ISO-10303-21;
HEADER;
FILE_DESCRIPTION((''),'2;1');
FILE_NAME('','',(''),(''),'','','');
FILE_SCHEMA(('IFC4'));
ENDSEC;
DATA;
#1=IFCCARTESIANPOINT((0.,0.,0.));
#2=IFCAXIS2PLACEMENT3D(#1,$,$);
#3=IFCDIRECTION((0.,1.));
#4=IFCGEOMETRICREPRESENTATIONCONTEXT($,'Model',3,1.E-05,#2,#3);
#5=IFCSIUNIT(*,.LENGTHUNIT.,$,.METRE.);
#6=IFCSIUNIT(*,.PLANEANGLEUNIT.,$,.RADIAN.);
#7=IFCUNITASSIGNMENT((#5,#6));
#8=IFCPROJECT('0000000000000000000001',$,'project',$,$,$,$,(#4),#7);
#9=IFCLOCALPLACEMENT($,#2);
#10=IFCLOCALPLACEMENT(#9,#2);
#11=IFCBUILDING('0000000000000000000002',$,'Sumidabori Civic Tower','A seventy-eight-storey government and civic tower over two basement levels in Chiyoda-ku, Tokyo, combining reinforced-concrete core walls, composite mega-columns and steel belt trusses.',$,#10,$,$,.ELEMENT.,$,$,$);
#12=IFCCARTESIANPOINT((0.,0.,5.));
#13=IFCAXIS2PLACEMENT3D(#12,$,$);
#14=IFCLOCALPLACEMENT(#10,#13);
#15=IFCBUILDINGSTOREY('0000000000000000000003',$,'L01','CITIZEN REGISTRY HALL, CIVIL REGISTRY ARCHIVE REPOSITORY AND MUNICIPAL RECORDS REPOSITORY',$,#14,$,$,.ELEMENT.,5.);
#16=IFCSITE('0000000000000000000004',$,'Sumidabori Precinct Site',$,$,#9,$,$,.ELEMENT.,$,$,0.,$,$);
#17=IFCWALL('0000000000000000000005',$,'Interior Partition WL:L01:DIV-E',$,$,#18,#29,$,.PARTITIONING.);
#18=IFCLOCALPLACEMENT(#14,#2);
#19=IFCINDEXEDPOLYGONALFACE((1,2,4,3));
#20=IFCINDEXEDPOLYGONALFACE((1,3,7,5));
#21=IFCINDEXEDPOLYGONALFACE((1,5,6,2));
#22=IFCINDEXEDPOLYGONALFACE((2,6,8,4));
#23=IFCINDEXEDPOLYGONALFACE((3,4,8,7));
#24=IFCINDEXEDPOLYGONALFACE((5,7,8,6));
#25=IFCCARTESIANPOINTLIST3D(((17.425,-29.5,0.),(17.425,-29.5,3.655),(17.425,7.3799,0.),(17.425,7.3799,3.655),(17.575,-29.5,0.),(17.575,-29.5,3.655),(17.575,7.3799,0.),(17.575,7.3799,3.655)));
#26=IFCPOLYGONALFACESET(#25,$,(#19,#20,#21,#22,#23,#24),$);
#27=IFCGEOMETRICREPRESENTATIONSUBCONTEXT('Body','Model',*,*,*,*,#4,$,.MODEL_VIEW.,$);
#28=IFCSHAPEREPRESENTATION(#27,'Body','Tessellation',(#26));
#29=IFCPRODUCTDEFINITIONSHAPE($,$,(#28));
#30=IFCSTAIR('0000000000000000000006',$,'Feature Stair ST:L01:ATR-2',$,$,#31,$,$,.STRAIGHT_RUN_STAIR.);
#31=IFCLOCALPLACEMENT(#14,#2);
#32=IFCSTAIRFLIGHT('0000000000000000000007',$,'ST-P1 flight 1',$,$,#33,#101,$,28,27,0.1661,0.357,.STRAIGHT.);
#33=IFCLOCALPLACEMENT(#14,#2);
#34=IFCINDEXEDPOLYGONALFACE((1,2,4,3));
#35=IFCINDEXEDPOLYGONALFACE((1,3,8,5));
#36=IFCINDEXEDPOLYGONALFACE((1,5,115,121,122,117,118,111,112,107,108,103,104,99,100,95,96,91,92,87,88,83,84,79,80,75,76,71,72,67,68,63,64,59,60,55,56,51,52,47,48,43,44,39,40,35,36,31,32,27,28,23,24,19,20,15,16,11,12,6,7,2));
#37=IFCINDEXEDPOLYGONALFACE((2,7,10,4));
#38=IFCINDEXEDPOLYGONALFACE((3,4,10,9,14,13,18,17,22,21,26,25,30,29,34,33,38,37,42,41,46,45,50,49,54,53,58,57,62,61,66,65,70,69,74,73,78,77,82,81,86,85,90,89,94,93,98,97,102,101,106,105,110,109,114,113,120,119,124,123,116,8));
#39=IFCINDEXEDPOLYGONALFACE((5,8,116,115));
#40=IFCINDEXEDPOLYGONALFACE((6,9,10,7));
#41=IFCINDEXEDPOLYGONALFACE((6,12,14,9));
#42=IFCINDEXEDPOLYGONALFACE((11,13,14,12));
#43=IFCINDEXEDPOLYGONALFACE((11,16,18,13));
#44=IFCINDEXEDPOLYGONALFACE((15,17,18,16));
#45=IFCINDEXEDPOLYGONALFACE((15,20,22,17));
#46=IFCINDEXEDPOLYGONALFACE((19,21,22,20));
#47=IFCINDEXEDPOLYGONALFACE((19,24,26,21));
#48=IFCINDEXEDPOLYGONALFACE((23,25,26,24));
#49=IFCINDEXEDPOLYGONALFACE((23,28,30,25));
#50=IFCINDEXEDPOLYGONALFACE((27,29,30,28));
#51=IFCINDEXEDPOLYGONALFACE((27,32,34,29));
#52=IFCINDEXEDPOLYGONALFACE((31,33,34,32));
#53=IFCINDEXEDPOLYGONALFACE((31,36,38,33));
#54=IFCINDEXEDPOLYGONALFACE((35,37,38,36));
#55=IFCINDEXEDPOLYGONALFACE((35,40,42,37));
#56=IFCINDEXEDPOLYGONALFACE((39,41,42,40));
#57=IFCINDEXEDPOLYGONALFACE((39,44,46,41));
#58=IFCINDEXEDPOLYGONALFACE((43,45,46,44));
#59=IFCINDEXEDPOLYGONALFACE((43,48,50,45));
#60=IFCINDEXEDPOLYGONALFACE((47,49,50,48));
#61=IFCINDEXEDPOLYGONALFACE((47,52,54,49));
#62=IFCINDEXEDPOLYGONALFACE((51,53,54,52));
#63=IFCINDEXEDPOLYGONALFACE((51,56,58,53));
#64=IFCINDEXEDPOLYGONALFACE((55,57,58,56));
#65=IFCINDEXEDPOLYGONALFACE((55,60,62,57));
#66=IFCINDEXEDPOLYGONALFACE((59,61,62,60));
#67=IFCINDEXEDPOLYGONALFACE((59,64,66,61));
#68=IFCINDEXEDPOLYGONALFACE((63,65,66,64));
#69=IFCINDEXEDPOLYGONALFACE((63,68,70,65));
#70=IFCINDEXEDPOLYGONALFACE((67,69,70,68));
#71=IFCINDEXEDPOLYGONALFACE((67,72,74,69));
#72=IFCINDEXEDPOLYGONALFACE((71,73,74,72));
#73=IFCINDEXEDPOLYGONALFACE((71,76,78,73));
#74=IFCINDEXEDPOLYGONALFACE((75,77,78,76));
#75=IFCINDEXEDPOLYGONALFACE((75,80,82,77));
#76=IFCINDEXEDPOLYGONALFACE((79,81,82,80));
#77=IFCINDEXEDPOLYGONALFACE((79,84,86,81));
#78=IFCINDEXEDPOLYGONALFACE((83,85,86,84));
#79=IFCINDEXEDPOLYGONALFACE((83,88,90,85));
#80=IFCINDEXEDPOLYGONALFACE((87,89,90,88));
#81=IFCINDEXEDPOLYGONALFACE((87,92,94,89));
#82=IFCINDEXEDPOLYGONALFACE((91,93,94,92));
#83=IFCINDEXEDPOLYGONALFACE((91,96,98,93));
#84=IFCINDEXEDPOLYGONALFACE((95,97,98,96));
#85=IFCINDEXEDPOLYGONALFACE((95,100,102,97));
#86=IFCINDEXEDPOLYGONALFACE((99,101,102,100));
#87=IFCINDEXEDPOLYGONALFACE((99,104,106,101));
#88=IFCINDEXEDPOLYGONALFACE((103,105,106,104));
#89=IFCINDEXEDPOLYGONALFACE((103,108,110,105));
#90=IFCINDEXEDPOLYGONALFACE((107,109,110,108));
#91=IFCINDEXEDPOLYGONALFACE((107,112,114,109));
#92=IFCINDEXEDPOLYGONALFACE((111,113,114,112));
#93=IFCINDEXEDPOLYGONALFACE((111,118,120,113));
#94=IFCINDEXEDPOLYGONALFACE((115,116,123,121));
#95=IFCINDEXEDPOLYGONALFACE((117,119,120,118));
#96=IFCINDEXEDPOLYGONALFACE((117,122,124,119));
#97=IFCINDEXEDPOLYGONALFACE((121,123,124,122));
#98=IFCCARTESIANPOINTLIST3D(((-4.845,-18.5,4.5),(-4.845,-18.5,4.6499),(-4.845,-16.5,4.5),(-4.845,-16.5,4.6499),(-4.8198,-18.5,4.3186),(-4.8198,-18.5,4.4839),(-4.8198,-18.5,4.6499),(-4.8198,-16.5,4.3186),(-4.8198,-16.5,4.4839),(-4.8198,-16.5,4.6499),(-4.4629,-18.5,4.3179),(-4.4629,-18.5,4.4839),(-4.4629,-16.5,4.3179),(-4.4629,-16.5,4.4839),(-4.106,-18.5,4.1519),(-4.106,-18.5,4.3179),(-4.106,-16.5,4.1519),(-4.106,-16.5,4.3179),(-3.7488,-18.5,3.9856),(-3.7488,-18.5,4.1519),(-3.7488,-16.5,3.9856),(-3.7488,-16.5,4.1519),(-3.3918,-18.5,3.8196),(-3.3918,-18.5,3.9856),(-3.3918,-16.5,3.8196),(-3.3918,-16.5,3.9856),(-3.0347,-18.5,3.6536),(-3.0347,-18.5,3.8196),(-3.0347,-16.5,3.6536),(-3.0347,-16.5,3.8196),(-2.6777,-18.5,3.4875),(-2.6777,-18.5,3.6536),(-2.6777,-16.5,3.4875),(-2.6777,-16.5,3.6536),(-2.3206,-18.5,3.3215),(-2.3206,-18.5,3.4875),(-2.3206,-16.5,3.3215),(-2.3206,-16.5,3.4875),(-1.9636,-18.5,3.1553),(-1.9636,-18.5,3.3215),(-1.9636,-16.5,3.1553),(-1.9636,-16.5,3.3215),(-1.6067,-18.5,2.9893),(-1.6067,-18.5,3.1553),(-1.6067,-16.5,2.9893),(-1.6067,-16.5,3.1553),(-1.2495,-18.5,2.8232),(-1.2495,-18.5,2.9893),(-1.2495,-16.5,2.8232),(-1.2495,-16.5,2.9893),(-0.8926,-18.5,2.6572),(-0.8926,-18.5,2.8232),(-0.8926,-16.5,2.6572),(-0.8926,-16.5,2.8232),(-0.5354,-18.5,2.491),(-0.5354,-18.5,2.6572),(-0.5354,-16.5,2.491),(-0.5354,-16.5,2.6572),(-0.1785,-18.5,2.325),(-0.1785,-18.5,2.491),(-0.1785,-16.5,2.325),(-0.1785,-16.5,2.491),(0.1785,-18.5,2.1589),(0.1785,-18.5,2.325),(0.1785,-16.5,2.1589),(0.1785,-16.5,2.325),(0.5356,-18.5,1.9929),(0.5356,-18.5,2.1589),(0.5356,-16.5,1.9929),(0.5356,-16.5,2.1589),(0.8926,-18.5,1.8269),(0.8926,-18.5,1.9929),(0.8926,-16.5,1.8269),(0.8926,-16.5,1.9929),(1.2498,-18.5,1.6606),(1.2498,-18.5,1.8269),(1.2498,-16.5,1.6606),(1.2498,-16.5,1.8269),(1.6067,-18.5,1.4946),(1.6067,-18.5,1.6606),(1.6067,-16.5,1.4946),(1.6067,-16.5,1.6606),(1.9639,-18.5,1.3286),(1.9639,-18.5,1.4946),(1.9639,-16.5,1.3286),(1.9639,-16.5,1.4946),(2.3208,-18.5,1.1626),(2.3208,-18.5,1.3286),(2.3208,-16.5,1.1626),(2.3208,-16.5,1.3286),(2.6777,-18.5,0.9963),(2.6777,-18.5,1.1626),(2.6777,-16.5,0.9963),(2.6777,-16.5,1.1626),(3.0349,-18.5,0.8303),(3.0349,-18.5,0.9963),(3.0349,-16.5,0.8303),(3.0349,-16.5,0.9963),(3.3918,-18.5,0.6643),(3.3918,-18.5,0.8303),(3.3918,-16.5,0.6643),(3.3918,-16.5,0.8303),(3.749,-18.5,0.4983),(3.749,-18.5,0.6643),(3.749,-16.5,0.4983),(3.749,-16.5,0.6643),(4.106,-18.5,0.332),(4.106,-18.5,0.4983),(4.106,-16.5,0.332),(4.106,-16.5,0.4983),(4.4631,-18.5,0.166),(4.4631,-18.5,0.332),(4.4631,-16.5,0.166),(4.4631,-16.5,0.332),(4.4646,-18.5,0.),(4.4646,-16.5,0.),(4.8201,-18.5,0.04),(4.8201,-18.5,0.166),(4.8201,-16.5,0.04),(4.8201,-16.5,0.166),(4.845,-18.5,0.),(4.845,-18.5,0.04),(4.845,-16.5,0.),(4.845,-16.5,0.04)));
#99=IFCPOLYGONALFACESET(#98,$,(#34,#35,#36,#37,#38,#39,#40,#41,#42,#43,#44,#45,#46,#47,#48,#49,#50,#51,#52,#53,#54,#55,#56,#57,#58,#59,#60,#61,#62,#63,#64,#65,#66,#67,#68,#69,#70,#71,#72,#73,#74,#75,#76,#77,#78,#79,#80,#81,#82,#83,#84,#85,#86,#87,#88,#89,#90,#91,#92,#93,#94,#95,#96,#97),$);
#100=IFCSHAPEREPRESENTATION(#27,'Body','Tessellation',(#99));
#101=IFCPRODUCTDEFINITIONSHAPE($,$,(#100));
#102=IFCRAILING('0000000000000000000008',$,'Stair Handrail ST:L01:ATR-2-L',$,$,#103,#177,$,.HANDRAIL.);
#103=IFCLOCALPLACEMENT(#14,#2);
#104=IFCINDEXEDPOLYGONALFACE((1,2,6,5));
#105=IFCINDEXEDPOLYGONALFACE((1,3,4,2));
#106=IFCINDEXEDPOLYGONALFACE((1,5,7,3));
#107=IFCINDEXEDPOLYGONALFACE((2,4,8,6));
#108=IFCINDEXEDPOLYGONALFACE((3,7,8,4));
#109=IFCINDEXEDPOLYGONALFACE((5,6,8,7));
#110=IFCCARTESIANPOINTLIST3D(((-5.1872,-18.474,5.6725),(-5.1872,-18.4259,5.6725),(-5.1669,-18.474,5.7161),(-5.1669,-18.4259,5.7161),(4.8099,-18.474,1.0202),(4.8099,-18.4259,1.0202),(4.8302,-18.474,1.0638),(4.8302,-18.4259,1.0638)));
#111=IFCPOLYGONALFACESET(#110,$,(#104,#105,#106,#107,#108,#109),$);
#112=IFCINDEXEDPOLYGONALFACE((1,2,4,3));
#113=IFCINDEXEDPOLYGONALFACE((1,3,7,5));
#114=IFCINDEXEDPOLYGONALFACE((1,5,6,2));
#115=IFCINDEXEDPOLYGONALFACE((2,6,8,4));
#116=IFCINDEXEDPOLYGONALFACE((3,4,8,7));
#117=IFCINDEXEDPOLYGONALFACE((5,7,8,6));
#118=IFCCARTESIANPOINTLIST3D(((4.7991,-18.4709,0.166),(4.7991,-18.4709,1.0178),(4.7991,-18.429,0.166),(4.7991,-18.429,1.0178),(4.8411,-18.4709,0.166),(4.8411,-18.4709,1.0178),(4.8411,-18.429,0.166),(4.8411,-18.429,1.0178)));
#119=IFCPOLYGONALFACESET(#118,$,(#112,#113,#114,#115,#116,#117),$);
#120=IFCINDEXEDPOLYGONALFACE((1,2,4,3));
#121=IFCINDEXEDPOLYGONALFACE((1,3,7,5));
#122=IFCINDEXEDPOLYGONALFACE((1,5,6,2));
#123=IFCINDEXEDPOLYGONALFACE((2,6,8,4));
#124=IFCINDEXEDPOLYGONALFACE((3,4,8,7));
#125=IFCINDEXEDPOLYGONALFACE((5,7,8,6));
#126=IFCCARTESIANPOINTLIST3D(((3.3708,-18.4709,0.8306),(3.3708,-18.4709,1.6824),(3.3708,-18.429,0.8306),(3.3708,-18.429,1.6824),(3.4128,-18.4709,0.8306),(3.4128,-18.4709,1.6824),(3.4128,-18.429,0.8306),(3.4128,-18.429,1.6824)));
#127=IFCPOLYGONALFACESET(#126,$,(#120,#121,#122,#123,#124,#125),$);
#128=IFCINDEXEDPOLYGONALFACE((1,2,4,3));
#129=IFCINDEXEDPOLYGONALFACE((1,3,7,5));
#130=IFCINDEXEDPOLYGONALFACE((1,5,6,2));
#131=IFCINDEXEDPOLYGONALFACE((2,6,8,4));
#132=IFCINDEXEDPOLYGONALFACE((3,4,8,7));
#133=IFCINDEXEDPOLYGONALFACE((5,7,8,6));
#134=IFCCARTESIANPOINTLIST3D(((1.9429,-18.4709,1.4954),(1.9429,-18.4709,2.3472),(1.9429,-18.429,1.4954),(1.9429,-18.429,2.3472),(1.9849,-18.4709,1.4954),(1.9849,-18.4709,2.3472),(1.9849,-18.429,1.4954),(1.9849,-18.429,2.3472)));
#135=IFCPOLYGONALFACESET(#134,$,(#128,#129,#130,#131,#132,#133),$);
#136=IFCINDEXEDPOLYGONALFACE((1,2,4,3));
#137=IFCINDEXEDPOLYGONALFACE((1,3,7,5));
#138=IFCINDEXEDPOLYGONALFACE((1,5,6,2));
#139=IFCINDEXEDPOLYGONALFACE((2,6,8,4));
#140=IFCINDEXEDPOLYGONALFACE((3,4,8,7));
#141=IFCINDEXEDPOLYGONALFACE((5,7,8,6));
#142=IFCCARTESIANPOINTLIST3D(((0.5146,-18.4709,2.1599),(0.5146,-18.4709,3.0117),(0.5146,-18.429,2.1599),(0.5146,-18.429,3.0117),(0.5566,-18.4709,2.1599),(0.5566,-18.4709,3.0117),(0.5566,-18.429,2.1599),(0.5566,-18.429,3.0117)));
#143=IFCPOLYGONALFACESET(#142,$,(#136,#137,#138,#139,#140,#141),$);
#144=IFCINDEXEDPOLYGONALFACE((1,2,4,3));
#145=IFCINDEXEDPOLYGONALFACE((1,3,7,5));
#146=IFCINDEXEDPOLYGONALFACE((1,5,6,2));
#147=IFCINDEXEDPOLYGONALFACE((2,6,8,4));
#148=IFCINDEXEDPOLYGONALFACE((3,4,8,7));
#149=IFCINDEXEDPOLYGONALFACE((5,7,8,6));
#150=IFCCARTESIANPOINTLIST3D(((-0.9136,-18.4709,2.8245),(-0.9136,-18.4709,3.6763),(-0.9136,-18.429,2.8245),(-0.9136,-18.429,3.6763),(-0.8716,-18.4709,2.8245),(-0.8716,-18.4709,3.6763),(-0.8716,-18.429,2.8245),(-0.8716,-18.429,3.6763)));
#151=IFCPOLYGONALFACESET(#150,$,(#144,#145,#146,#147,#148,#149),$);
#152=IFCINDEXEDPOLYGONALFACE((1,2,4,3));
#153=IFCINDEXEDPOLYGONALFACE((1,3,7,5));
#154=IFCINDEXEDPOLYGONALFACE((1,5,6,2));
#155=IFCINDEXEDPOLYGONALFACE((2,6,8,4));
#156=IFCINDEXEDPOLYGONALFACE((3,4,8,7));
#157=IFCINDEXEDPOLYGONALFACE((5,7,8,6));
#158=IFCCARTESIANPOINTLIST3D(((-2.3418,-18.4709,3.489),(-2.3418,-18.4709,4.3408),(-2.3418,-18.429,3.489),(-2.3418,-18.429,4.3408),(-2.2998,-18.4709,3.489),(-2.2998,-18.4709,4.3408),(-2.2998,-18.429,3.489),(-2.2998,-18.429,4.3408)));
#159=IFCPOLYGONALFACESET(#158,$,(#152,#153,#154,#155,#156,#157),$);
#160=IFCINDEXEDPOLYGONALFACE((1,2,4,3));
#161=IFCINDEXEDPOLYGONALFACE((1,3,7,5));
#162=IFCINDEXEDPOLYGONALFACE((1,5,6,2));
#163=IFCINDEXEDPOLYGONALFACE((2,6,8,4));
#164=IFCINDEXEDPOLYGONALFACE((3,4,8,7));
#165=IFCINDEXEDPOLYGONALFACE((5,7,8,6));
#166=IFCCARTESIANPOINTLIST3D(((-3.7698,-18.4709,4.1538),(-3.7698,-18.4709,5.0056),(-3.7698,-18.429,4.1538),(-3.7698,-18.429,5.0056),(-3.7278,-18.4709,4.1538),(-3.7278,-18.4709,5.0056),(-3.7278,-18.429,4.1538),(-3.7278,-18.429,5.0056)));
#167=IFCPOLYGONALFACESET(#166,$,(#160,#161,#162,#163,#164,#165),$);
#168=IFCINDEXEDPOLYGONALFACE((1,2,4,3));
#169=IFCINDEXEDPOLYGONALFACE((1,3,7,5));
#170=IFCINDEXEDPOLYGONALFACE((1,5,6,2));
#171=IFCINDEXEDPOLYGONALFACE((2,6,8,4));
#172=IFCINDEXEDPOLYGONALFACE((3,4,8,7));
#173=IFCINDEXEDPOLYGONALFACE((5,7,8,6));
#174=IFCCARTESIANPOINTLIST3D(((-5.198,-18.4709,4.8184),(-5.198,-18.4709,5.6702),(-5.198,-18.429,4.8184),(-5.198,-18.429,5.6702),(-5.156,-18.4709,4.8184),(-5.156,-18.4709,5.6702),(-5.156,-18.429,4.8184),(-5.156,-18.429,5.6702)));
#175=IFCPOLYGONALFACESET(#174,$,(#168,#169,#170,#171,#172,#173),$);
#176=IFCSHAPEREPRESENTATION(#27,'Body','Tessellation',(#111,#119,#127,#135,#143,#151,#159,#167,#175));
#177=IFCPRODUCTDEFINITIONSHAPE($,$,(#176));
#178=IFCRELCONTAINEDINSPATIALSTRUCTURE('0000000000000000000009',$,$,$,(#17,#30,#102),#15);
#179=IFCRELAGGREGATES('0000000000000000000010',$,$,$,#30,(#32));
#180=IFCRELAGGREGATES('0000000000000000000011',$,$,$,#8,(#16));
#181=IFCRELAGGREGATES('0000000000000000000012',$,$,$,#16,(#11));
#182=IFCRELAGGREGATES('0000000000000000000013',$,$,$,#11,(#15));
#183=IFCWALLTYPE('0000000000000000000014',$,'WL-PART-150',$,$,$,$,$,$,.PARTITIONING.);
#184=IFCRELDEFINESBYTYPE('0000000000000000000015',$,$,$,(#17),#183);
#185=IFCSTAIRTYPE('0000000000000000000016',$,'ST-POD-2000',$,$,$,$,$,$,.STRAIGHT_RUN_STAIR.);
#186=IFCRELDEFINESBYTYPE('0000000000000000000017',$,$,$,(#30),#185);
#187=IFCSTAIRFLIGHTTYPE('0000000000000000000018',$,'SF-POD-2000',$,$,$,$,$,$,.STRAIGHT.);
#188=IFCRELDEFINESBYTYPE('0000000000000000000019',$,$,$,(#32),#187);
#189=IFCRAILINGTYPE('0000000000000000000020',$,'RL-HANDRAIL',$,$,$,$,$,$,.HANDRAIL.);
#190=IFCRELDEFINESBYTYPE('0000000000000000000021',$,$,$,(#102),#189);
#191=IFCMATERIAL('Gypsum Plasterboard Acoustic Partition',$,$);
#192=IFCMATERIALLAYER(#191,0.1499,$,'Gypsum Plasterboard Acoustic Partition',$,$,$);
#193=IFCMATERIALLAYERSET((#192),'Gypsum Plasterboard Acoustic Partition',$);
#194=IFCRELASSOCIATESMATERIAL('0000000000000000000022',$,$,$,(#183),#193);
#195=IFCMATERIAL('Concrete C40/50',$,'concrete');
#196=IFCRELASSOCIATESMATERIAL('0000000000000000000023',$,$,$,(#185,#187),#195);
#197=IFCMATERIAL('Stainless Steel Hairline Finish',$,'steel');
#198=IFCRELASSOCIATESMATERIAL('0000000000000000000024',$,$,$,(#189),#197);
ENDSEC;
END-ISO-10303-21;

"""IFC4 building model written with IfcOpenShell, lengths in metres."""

from ifc_helpers import new_model, si_unit, direction, frame, frame_2d, origin, origin_2d, place, context, subcontext, project, spatial, polyline, rectangle, outline, extrude, source, transform, mapped, material, layer, layer_set, type_object, element, aggregate, save


model = new_model("IFC4")

# Units and contexts
model_context = context("Model", 3, precision=1e-05, world=origin(), true_north=direction((0.0, 1.0)))
body_context = subcontext(model_context, "Body", "Model", "MODEL_VIEW")
ifc_project = project(units=[si_unit("LENGTHUNIT", "METRE"), si_unit("PLANEANGLEUNIT", "RADIAN")], contexts=[model_context])

# Site, building, storey
site_placement = place(None, origin())
site = spatial("IfcSite", under=ifc_project, at=site_placement, Name="Sumidabori Precinct Site", CompositionType="ELEMENT", RefElevation=0.0)
building_placement = place(site_placement, origin())
building = spatial("IfcBuilding", under=site, at=building_placement, Name="Sumidabori Civic Tower", Description="A seventy-eight-storey government and civic tower over two basement levels in Chiyoda-ku, Tokyo, combining reinforced-concrete core walls, composite mega-columns and steel belt trusses.", CompositionType="ELEMENT")
storey_placement = place(building_placement, frame((0.0, 0.0, 5.0)))
storey = spatial("IfcBuildingStorey", under=building, at=storey_placement, Name="L01", Description="CITIZEN REGISTRY HALL, CIVIL REGISTRY ARCHIVE REPOSITORY AND MUNICIPAL RECORDS REPOSITORY", CompositionType="ELEMENT", Elevation=5.0)

# Shared definitions
ifc_material_1 = material(Name="Concrete C40/50", Category="concrete")

# Wall
ifc_material_2 = material(Name="Gypsum Plasterboard Acoustic Partition")
ifc_layer_1 = layer(ifc_material_2, 0.1499, Name="Gypsum Plasterboard Acoustic Partition")
ifc_layer_set_1 = layer_set([ifc_layer_1], Name="Gypsum Plasterboard Acoustic Partition")
wall_type_1 = type_object("IfcWallType", Name="WL-PART-150", PredefinedType="PARTITIONING", material=ifc_layer_set_1)
shared_shape_1 = source(origin(), body_context, "Body", "SweptSolid", [
    extrude(rectangle(XDim=36.8799, YDim=0.1499, at=frame_2d((18.4399, 0.0))), origin(), (0.0, 0.0, 1.0), 3.655),
])
wall_1_placement = place(storey_placement, frame((17.5, -29.5, 0.0), z_axis=(0.0, 0.0, 1.0), x_axis=(0.0, 1.0, 0.0)))
element("IfcWall", 1, at=wall_1_placement, inside=storey, type_object=wall_type_1, Name="Interior Partition WL:L01:DIV-E", PredefinedType="PARTITIONING", context=body_context, shape_type="MappedRepresentation", body=[
    mapped(shared_shape_1, transform((0.0, 0.0, 0.0), x_axis=(1.0, 0.0, 0.0), y_axis=(0.0, 1.0, 0.0), z_axis=(0.0, 0.0, 1.0), scale=1.0)),
])

# Stair, stair flight
stair_type_1 = type_object("IfcStairType", Name="ST-POD-2000", PredefinedType="STRAIGHT_RUN_STAIR", material=ifc_material_1)
stair_1_placement = place(storey_placement, origin())
stair_1 = element("IfcStair", 2, at=stair_1_placement, inside=storey, type_object=stair_type_1, Name="Feature Stair ST:L01:ATR-2", PredefinedType="STRAIGHT_RUN_STAIR")
stair_flight_type = type_object("IfcStairFlightType", Name="SF-POD-2000", PredefinedType="STRAIGHT", material=ifc_material_1)
shared_shape_2 = source(origin(), body_context, "Body", "SweptSolid", [
    extrude(outline(polyline([(-0.0249, 0.0), (-0.0249, 0.04), (0.0, 0.04), (0.0, 0.166), (0.3569, 0.166), (0.3569, 0.332), (0.7141, 0.332), (0.7141, 0.4983), (1.071, 0.4983), (1.071, 0.6643), (1.4282, 0.6643), (1.4282, 0.8303), (1.7852, 0.8303), (1.7852, 0.9963), (2.1423, 0.9963), (2.1423, 1.1626), (2.4993, 1.1626), (2.4993, 1.3286), (2.8562, 1.3286), (2.8562, 1.4946), (3.2134, 1.4946), (3.2134, 1.6606), (3.5703, 1.6606), (3.5703, 1.8269), (3.9275, 1.8269), (3.9275, 1.9929), (4.2844, 1.9929), (4.2844, 2.1589), (4.6416, 2.1589), (4.6416, 2.325), (4.9985, 2.325), (4.9985, 2.491), (5.3555, 2.491), (5.3555, 2.6572), (5.7126, 2.6572), (5.7126, 2.8232), (6.0696, 2.8232), (6.0696, 2.9893), (6.4268, 2.9893), (6.4268, 3.1553), (6.7837, 3.1553), (6.7837, 3.3215), (7.1406, 3.3215), (7.1406, 3.4875), (7.4978, 3.4875), (7.4978, 3.6536), (7.8547, 3.6536), (7.8547, 3.8196), (8.2119, 3.8196), (8.2119, 3.9856), (8.5688, 3.9856), (8.5688, 4.1519), (8.926, 4.1519), (8.926, 4.3179), (9.283, 4.3179), (9.283, 4.4839), (9.6399, 4.4839), (9.6399, 4.6499), (9.665, 4.6499), (9.665, 4.5), (9.6399, 4.3186), (0.3555, 0.0), (-0.0249, 0.0)])), frame((0.0, 1.0, 0.0), z_axis=(0.0, -1.0, 0.0), x_axis=(1.0, 0.0, 0.0)), (0.0, 0.0, 1.0), 2.0),
])
stair_flight_placement = place(storey_placement, frame((4.8201, -17.5, 0.0), z_axis=(0.0, 0.0, 1.0), x_axis=(-1.0, 0.0, 0.0)))
stair_flight = element("IfcStairFlight", 3, at=stair_flight_placement, type_object=stair_flight_type, Name="ST-P1 flight 1", NumberOfRisers=28, NumberOfTreads=27, PredefinedType="STRAIGHT", RiserHeight=0.1661, TreadLength=0.357, context=body_context, shape_type="MappedRepresentation", body=[
    mapped(shared_shape_2, transform((0.0, 0.0, 0.0), x_axis=(1.0, 0.0, 0.0), y_axis=(0.0, 1.0, 0.0), z_axis=(0.0, 0.0, 1.0), scale=1.0)),
])
aggregate(stair_1, [stair_flight])

# Railing
ifc_material_3 = material(Name="Stainless Steel Hairline Finish", Category="steel")
railing_type_1 = type_object("IfcRailingType", Name="RL-HANDRAIL", PredefinedType="HANDRAIL", material=ifc_material_3)
for number, where, name in (
    (4, (4.8201, -18.45, 0.166), "Stair Handrail ST:L01:ATR-2-L"),
):
    element("IfcRailing", number, at=place(storey_placement, frame(where)), inside=storey, type_object=railing_type_1, Name=name, PredefinedType="HANDRAIL", context=body_context, shape_type="SweptSolid", body=[
        extrude(rectangle(XDim=0.0481, YDim=0.0481, at=origin_2d()), frame((0.0, 0.0, 0.876), z_axis=(-0.906633, 0.0, 0.42192), x_axis=(0.0, -1.0, 0.0)), (0.0, 0.0, 1.0), 11.0266),
        extrude(rectangle(XDim=0.042, YDim=0.042, at=origin_2d()), origin(), (0.0, 0.0, 1.0), 0.8518),
        extrude(rectangle(XDim=0.042, YDim=0.042, at=origin_2d()), frame((-1.4282, 0.0, 0.6646)), (0.0, 0.0, 1.0), 0.8518),
        extrude(rectangle(XDim=0.042, YDim=0.042, at=origin_2d()), frame((-2.8562, 0.0, 1.3293)), (0.0, 0.0, 1.0), 0.8518),
        extrude(rectangle(XDim=0.042, YDim=0.042, at=origin_2d()), frame((-4.2844, 0.0, 1.9939)), (0.0, 0.0, 1.0), 0.8518),
        extrude(rectangle(XDim=0.042, YDim=0.042, at=origin_2d()), frame((-5.7126, 0.0, 2.6584)), (0.0, 0.0, 1.0), 0.8518),
        extrude(rectangle(XDim=0.042, YDim=0.042, at=origin_2d()), frame((-7.1409, 0.0, 3.323)), (0.0, 0.0, 1.0), 0.8518),
        extrude(rectangle(XDim=0.042, YDim=0.042, at=origin_2d()), frame((-8.5688, 0.0, 3.9878)), (0.0, 0.0, 1.0), 0.8518),
        extrude(rectangle(XDim=0.042, YDim=0.042, at=origin_2d()), frame((-9.9971, 0.0, 4.6523)), (0.0, 0.0, 1.0), 0.8518),
    ])

save(model, "model.ifc")
